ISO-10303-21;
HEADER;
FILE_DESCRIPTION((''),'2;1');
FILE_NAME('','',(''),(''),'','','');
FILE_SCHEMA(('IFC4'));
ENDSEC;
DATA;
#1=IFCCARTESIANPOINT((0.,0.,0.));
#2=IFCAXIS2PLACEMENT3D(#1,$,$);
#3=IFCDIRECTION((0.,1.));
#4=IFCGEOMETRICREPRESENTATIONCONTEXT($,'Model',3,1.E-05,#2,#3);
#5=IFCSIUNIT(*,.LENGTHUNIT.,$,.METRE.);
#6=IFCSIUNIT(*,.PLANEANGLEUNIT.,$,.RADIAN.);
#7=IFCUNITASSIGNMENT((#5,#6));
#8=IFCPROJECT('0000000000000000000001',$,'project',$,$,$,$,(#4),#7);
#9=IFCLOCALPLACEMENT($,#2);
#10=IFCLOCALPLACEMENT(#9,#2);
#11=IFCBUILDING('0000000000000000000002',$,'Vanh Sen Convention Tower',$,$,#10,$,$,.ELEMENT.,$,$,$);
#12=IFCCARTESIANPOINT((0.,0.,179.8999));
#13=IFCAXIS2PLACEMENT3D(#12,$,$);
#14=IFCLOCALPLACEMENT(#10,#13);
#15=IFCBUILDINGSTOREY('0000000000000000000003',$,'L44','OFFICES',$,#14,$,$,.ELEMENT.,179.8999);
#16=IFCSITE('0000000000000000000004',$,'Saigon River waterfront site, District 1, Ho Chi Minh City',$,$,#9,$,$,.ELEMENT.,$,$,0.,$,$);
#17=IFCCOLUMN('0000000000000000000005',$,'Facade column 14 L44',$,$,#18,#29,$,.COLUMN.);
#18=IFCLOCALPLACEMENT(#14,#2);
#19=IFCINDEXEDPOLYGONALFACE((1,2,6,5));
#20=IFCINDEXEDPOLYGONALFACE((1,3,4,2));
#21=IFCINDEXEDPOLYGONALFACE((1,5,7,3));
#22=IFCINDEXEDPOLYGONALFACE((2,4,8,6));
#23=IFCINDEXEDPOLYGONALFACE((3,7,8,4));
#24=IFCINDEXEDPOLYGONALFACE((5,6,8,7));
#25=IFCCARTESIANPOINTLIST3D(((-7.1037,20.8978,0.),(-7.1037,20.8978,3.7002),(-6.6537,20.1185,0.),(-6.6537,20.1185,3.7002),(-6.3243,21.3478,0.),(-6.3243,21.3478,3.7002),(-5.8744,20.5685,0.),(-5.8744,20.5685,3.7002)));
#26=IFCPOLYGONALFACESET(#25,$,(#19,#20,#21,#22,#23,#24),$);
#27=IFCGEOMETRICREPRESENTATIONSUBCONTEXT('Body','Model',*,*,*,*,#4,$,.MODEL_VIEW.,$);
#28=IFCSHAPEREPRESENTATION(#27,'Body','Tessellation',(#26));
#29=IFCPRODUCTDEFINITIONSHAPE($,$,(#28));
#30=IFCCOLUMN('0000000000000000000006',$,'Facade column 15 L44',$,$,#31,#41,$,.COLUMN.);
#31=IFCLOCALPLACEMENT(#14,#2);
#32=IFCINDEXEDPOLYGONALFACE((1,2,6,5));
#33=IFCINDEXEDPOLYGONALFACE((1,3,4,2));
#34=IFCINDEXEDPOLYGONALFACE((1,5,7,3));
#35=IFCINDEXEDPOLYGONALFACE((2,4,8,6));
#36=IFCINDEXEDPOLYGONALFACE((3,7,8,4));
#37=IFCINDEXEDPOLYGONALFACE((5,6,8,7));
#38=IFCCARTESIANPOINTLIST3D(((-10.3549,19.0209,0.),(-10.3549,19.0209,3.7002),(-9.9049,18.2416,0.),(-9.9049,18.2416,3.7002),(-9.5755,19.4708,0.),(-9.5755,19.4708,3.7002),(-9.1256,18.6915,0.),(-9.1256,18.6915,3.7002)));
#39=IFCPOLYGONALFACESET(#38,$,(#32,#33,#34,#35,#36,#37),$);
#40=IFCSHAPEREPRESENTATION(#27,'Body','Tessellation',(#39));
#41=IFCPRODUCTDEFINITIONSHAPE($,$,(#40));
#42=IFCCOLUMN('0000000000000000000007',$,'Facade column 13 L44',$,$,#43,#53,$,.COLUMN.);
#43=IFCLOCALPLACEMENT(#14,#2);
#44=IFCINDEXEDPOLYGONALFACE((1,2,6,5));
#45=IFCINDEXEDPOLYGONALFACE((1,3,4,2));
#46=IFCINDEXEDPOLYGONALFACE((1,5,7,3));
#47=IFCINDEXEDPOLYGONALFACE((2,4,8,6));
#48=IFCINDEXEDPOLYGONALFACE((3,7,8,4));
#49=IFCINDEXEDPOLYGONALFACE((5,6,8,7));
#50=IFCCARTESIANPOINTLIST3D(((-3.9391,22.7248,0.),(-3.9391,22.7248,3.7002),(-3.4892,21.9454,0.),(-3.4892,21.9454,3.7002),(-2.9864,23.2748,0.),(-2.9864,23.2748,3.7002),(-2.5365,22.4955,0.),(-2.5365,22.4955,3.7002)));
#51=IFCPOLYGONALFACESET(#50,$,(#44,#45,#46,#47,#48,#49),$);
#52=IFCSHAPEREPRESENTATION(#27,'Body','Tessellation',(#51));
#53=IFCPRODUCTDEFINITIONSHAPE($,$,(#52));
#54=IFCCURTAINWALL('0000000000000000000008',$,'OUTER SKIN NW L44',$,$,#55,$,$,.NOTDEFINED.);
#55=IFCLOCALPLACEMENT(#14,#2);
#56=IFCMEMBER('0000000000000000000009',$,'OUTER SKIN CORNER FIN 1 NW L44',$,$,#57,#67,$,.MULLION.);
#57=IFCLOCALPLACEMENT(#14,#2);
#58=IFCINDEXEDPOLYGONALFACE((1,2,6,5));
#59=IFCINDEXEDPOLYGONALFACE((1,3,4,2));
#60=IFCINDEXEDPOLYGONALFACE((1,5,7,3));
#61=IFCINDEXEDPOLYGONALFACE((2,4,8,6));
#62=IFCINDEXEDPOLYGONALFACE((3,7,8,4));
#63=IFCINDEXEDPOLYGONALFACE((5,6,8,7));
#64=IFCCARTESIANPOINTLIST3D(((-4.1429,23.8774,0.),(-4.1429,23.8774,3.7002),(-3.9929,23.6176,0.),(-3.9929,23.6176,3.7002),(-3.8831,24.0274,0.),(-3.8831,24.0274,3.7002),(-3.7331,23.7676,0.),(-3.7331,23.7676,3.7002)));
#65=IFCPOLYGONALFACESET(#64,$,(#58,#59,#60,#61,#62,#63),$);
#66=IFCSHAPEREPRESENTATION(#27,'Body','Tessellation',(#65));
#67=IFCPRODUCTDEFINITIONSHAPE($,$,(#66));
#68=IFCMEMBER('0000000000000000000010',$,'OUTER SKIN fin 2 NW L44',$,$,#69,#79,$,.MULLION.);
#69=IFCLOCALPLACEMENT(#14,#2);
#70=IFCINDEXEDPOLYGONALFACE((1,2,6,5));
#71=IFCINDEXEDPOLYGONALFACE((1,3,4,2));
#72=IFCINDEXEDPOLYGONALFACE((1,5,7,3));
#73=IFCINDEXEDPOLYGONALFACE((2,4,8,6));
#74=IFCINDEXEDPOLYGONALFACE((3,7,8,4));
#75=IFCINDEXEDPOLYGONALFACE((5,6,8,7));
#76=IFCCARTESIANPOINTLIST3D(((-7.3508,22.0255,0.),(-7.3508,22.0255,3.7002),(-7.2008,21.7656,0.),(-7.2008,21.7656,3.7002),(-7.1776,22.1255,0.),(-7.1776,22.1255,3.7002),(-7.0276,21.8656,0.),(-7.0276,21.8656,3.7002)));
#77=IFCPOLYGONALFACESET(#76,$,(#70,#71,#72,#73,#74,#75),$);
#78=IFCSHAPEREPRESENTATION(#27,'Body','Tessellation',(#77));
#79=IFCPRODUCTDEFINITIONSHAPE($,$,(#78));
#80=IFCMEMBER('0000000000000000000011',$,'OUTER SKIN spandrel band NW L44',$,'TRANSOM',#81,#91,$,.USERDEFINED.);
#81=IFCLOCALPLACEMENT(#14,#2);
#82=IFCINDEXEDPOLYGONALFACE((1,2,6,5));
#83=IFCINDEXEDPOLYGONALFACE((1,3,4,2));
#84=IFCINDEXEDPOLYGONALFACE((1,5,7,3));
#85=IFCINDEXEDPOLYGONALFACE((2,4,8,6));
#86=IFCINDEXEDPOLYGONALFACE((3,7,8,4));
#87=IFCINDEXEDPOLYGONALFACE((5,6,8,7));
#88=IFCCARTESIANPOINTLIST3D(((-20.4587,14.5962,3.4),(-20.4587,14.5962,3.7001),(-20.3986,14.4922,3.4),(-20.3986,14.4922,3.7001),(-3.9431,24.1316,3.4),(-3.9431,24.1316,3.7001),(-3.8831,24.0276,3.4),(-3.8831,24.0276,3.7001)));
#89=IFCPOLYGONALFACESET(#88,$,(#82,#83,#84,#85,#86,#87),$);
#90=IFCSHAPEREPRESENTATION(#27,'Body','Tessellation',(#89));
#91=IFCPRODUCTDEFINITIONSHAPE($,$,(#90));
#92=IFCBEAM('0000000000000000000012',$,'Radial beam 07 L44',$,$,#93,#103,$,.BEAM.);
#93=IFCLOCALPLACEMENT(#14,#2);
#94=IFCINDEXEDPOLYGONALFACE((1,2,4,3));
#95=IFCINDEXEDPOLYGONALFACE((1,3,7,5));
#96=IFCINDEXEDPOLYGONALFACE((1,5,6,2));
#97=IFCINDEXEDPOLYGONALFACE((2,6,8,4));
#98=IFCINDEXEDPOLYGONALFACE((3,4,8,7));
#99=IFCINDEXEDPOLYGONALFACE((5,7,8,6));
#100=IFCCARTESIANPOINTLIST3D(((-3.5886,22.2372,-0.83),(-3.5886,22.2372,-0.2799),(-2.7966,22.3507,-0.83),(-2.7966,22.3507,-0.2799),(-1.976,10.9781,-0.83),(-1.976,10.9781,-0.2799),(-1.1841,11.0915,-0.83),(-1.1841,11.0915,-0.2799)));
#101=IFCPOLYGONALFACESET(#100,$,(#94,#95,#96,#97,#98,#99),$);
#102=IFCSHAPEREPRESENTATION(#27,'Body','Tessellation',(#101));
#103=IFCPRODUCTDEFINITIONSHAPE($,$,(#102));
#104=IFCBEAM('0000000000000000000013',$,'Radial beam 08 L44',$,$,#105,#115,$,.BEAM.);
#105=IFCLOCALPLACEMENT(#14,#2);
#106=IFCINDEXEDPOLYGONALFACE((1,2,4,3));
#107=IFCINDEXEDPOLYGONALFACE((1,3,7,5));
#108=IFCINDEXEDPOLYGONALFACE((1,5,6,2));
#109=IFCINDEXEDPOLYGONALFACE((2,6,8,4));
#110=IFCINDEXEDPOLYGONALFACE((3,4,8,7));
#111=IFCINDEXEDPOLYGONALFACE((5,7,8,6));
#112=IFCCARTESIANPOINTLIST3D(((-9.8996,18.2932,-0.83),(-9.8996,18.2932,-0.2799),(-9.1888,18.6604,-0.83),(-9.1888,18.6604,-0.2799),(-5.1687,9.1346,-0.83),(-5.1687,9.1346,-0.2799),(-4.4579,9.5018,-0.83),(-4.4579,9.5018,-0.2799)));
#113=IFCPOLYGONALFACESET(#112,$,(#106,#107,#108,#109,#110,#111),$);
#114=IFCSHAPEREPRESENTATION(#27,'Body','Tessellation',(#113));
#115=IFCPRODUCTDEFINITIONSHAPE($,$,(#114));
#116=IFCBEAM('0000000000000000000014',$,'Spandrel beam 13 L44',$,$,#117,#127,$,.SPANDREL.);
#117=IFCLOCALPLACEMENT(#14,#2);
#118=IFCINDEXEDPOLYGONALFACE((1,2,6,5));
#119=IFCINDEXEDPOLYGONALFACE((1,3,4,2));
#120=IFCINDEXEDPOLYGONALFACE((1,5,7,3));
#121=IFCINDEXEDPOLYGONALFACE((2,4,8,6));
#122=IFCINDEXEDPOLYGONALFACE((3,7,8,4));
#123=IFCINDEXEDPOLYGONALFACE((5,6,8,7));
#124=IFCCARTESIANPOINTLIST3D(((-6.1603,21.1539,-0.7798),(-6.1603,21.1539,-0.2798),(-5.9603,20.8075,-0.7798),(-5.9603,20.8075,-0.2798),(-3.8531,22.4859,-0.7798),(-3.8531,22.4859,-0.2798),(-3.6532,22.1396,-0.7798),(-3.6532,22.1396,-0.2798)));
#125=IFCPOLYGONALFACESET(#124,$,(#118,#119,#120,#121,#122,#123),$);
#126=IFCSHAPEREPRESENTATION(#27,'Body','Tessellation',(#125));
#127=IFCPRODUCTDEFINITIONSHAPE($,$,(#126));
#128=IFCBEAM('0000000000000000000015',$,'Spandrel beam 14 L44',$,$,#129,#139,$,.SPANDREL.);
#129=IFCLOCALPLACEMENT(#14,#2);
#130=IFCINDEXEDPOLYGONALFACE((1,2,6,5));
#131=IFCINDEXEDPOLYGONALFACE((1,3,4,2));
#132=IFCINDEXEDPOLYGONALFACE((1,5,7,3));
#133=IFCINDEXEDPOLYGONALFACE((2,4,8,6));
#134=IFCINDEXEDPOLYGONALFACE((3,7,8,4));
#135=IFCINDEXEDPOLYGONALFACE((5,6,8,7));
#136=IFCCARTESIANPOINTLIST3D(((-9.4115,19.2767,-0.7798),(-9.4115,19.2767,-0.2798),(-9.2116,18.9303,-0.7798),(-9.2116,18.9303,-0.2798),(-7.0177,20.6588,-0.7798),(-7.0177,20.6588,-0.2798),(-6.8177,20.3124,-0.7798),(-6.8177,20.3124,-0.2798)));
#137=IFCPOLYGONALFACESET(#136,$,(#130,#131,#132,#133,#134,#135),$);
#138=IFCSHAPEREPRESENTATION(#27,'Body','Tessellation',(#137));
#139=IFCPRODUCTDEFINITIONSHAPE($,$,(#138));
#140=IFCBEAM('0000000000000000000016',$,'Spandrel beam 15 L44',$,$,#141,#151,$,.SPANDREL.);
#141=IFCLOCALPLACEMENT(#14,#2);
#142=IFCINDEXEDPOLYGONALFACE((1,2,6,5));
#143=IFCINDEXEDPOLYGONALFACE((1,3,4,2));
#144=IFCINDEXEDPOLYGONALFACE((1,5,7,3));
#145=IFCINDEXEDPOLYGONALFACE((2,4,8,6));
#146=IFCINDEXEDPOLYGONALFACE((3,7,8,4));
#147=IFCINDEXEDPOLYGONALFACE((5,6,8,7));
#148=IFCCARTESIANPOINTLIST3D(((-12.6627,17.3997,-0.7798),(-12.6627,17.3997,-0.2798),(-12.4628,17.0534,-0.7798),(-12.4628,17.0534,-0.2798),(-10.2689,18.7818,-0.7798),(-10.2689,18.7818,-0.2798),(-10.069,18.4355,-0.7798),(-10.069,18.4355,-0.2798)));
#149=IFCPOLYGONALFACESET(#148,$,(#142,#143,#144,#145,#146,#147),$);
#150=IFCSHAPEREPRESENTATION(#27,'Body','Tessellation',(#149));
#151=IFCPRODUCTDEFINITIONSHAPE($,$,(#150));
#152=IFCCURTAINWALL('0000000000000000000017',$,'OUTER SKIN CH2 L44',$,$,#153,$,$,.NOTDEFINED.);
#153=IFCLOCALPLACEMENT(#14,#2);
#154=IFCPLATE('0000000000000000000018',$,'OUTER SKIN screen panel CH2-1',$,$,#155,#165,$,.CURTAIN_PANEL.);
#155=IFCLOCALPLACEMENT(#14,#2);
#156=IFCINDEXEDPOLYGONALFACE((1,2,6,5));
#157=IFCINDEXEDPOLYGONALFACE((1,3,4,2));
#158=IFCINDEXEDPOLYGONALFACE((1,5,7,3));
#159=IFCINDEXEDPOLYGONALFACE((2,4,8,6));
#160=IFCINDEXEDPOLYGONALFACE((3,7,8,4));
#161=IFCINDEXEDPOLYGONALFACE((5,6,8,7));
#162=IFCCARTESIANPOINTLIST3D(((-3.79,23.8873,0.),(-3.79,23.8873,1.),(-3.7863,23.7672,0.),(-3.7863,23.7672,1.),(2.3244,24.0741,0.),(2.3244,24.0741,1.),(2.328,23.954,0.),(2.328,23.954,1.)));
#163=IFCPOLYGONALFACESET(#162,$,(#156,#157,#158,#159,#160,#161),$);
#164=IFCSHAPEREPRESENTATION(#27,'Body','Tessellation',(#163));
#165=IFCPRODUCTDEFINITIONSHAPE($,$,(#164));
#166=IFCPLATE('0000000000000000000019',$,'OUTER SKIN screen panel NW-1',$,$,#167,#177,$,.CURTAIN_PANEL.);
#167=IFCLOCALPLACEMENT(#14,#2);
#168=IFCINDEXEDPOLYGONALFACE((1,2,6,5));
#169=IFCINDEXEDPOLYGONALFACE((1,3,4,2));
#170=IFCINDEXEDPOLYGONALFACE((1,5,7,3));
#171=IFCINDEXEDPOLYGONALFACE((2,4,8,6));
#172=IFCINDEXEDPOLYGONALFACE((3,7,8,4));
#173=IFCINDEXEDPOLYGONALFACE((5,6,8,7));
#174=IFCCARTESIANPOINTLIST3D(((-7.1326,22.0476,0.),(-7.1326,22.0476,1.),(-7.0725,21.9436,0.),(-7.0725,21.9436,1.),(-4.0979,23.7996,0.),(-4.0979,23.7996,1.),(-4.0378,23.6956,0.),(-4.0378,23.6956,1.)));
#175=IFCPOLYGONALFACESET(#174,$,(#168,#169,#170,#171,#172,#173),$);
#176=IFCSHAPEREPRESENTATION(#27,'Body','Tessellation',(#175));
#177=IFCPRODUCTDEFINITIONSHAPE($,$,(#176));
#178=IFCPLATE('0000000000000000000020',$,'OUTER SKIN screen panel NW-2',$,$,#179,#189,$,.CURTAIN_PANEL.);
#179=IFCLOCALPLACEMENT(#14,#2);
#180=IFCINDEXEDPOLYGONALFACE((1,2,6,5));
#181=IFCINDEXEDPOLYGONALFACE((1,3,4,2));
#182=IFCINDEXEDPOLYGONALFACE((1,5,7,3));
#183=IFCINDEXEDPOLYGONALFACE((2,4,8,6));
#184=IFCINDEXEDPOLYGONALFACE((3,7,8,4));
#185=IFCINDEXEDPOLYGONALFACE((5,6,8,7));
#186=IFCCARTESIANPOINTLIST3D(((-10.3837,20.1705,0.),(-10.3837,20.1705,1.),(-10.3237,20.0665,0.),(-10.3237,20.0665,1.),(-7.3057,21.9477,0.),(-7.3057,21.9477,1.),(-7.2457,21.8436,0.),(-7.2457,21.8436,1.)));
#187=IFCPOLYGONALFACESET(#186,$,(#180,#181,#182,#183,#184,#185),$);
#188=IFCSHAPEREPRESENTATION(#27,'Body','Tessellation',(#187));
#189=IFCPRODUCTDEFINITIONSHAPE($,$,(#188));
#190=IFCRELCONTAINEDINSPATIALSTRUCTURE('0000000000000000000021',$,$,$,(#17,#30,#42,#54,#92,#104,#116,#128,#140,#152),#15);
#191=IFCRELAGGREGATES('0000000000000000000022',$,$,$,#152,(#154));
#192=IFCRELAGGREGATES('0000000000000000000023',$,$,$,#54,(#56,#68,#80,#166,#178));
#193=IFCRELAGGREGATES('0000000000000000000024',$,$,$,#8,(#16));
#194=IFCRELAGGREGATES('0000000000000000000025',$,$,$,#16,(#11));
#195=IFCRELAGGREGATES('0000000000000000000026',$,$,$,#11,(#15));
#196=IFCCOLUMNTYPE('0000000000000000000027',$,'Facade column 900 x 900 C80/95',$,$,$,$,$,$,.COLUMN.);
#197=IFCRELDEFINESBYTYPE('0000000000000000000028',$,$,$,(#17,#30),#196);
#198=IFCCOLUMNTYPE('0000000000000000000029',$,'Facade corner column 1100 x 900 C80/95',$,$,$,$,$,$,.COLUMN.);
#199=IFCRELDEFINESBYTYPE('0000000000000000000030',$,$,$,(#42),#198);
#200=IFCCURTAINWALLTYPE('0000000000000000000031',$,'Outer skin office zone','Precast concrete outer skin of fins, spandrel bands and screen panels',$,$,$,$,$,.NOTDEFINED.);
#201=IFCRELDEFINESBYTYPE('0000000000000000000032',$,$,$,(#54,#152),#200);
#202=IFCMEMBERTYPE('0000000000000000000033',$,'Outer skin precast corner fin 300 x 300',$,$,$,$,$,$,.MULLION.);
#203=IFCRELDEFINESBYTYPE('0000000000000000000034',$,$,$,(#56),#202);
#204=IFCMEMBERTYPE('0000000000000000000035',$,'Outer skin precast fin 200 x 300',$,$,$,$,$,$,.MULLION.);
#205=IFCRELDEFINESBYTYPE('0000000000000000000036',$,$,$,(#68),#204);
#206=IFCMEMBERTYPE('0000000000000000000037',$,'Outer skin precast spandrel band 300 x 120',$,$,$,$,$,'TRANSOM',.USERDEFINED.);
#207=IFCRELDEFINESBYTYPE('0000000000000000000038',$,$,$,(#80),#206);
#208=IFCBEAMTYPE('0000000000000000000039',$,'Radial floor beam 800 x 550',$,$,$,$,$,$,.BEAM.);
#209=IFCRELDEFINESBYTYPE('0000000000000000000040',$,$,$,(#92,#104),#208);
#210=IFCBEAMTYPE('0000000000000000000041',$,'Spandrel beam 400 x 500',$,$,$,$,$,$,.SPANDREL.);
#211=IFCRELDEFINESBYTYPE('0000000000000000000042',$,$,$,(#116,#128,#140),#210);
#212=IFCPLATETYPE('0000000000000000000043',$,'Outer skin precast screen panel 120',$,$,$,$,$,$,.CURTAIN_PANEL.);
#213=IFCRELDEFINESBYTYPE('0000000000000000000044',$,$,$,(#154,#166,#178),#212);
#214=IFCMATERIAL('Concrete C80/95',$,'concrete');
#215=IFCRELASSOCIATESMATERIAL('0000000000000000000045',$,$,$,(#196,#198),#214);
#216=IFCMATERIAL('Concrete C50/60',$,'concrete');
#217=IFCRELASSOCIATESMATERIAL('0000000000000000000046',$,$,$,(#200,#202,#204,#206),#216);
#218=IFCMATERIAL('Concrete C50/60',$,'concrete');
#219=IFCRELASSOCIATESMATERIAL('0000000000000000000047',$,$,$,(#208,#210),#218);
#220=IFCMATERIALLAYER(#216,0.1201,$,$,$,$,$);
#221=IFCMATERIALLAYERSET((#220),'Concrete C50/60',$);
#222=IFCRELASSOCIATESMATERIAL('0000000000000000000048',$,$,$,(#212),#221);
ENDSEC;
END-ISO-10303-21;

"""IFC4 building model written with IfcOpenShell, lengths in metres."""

from ifc_helpers import new_model, si_unit, direction, frame, origin, origin_2d, place, context, subcontext, project, spatial, rectangle, extrude, material, layer, layer_set, material_profile, profile_set, type_object, element, aggregate, save


model = new_model("IFC4")

# Units and contexts
model_context = context("Model", 3, precision=1e-05, world=origin(), true_north=direction((0.0, 1.0)))
body_context = subcontext(model_context, "Body", "Model", "MODEL_VIEW")
ifc_project = project(units=[si_unit("LENGTHUNIT", "METRE"), si_unit("PLANEANGLEUNIT", "RADIAN")], contexts=[model_context])

# Site, building, storey
site_placement = place(None, origin())
site = spatial("IfcSite", under=ifc_project, at=site_placement, Name="Saigon River waterfront site, District 1, Ho Chi Minh City", CompositionType="ELEMENT", RefElevation=0.0)
building_placement = place(site_placement, origin())
building = spatial("IfcBuilding", under=site, at=building_placement, Name="Vanh Sen Convention Tower", CompositionType="ELEMENT")
storey_placement = place(building_placement, frame((0.0, 0.0, 179.8999)))
storey = spatial("IfcBuildingStorey", under=building, at=storey_placement, Name="L44", Description="OFFICES", CompositionType="ELEMENT", Elevation=179.8999)

# Columns
ifc_material_1 = material(Name="Concrete C80/95", Category="concrete")
ifc_material_profile_1 = material_profile(ifc_material_1, rectangle(XDim=0.8999, YDim=0.8999, at=origin_2d()), Name="RC 900X900")
ifc_profile_set_1 = profile_set([ifc_material_profile_1], Name="Concrete C80/95")
column_type_1 = type_object("IfcColumnType", Name="Facade column 900 x 900 C80/95", PredefinedType="COLUMN", material=ifc_profile_set_1)
for number, where, z_axis, x_axis, name in (
    (1, (-6.489, 20.7332, 0.0), (0.0, 0.0, 1.0), (-0.866025, -0.5, 0.0), "Facade column 14 L44"),
    (2, (-9.7402, 18.8562, 0.0), (0.0, 0.0, 1.0), (-0.866025, -0.5, 0.0), "Facade column 15 L44"),
):
    element("IfcColumn", number, at=place(storey_placement, frame(where, z_axis=z_axis, x_axis=x_axis)), inside=storey, type_object=column_type_1, Name=name, PredefinedType="COLUMN", context=body_context, shape_type="SweptSolid", body=[
        extrude(rectangle(XDim=0.8999, YDim=0.8999, at=origin_2d()), origin(), (0.0, 0.0, 1.0), 3.7002),
    ])
ifc_material_profile_2 = material_profile(ifc_material_1, rectangle(XDim=1.1001, YDim=0.8999, at=origin_2d()), Name="RC 1100X900")
ifc_profile_set_2 = profile_set([ifc_material_profile_2], Name="Concrete C80/95")
column_type_2 = type_object("IfcColumnType", Name="Facade corner column 1100 x 900 C80/95", PredefinedType="COLUMN", material=ifc_profile_set_2)
column_placement = place(storey_placement, frame((-3.2378, 22.6101, 0.0), z_axis=(0.0, 0.0, 1.0), x_axis=(-0.866025, -0.5, 0.0)))
element("IfcColumn", 3, at=column_placement, inside=storey, type_object=column_type_2, Name="Facade column 13 L44", PredefinedType="COLUMN", context=body_context, shape_type="SweptSolid", body=[
    extrude(rectangle(XDim=1.1001, YDim=0.8999, at=origin_2d()), origin(), (0.0, 0.0, 1.0), 3.7002),
])

# Curtain wall, members
ifc_material_2 = material(Name="Concrete C50/60", Category="concrete")
curtain_wall_type = type_object("IfcCurtainWallType", Name="Outer skin office zone", Description="Precast concrete outer skin of fins, spandrel bands and screen panels", PredefinedType="NOTDEFINED", material=ifc_material_2)
curtain_wall_1_placement = place(storey_placement, origin())
curtain_wall_1 = element("IfcCurtainWall", 4, at=curtain_wall_1_placement, inside=storey, type_object=curtain_wall_type, Name="OUTER SKIN NW L44", PredefinedType="NOTDEFINED")
ifc_material_profile_3 = material_profile(ifc_material_2, rectangle(XDim=0.3, YDim=0.3, at=origin_2d()), Name="Outer skin precast corner fin 300 x 300")
ifc_profile_set_3 = profile_set([ifc_material_profile_3], Name="Concrete C50/60")
member_type_1 = type_object("IfcMemberType", Name="Outer skin precast corner fin 300 x 300", PredefinedType="MULLION", material=ifc_profile_set_3)
member_1_placement = place(storey_placement, frame((-3.938, 23.8225, 0.0), z_axis=(0.0, 0.0, 1.0), x_axis=(-0.866025, -0.5, 0.0)))
member_1 = element("IfcMember", 5, at=member_1_placement, type_object=member_type_1, Name="OUTER SKIN CORNER FIN 1 NW L44", PredefinedType="MULLION", context=body_context, shape_type="SweptSolid", body=[
    extrude(rectangle(XDim=0.3, YDim=0.3, at=origin_2d()), origin(), (0.0, 0.0, 1.0), 3.7002),
])
ifc_material_profile_4 = material_profile(ifc_material_2, rectangle(XDim=0.2, YDim=0.3, at=origin_2d()), Name="Outer skin precast fin 200 x 300")
ifc_profile_set_4 = profile_set([ifc_material_profile_4], Name="Concrete C50/60")
member_type_2 = type_object("IfcMemberType", Name="Outer skin precast fin 200 x 300", PredefinedType="MULLION", material=ifc_profile_set_4)
member_2_placement = place(storey_placement, frame((-7.1892, 21.9456, 0.0), z_axis=(0.0, 0.0, 1.0), x_axis=(-0.866025, -0.5, 0.0)))
member_2 = element("IfcMember", 6, at=member_2_placement, type_object=member_type_2, Name="OUTER SKIN fin 2 NW L44", PredefinedType="MULLION", context=body_context, shape_type="SweptSolid", body=[
    extrude(rectangle(XDim=0.2, YDim=0.3, at=origin_2d()), origin(), (0.0, 0.0, 1.0), 3.7002),
])
ifc_material_profile_5 = material_profile(ifc_material_2, rectangle(XDim=0.1201, YDim=0.3, at=origin_2d()), Name="Outer skin precast spandrel band 300 x 120")
ifc_profile_set_5 = profile_set([ifc_material_profile_5], Name="Concrete C50/60")
member_type_3 = type_object("IfcMemberType", Name="Outer skin precast spandrel band 300 x 120", ElementType="TRANSOM", PredefinedType="USERDEFINED", material=ifc_profile_set_5)
member_3_placement = place(storey_placement, frame((-3.9131, 24.0796, 3.55), z_axis=(-0.866023, -0.500004, 0.0), x_axis=(0.500004, -0.866023, 0.0)))
member_3 = element("IfcMember", 7, at=member_3_placement, type_object=member_type_3, Name="OUTER SKIN spandrel band NW L44", ObjectType="TRANSOM", PredefinedType="USERDEFINED", context=body_context, shape_type="SweptSolid", body=[
    extrude(rectangle(XDim=0.1201, YDim=0.3, at=origin_2d()), origin(), (0.0, 0.0, 1.0), 19.0706),
])

# Beams
ifc_material_3 = material(Name="Concrete C50/60", Category="concrete")
ifc_material_profile_6 = material_profile(ifc_material_3, rectangle(XDim=0.8, YDim=0.55, at=origin_2d()), Name="RC 800X550")
ifc_profile_set_6 = profile_set([ifc_material_profile_6], Name="Concrete C50/60")
beam_type_1 = type_object("IfcBeamType", Name="Radial floor beam 800 x 550", PredefinedType="BEAM", material=ifc_profile_set_6)
beam_1_placement = place(storey_placement, frame((-3.1926, 22.2939, -0.5549), z_axis=(0.141776, -0.989899, 0.0), x_axis=(0.989899, 0.141776, 0.0)))
element("IfcBeam", 8, at=beam_1_placement, inside=storey, type_object=beam_type_1, Name="Radial beam 07 L44", PredefinedType="BEAM", context=body_context, shape_type="SweptSolid", body=[
    extrude(rectangle(XDim=0.8, YDim=0.55, at=origin_2d()), origin(), (0.0, 0.0, 1.0), 11.374),
])
beam_2_placement = place(storey_placement, frame((-9.5442, 18.4768, -0.5549), z_axis=(0.458941, -0.888467, 0.0), x_axis=(0.888467, 0.458941, 0.0)))
element("IfcBeam", 9, at=beam_2_placement, inside=storey, type_object=beam_type_1, Name="Radial beam 08 L44", PredefinedType="BEAM", context=body_context, shape_type="SweptSolid", body=[
    extrude(rectangle(XDim=0.8, YDim=0.55, at=origin_2d()), origin(), (0.0, 0.0, 1.0), 10.3083),
])
ifc_material_profile_7 = material_profile(ifc_material_3, rectangle(XDim=0.3999, YDim=0.5, at=origin_2d()), Name="RC 400X500")
ifc_profile_set_7 = profile_set([ifc_material_profile_7], Name="Concrete C50/60")
beam_type_2 = type_object("IfcBeamType", Name="Spandrel beam 400 x 500", PredefinedType="SPANDREL", material=ifc_profile_set_7)
beam_3_placement = place(storey_placement, frame((-3.7532, 22.3127, -0.5298), z_axis=(-0.866024, -0.500003, 0.0), x_axis=(0.500003, -0.866024, 0.0)))
element("IfcBeam", 10, at=beam_3_placement, inside=storey, type_object=beam_type_2, Name="Spandrel beam 13 L44", PredefinedType="SPANDREL", context=body_context, shape_type="SweptSolid", body=[
    extrude(rectangle(XDim=0.3999, YDim=0.5, at=origin_2d()), origin(), (0.0, 0.0, 1.0), 2.6641),
])
for number, where, z_axis, x_axis, name in (
    (11, (-6.9177, 20.4856, -0.5298), (-0.866022, -0.500005, 0.0), (0.500005, -0.866022, 0.0), "Spandrel beam 14 L44"),
    (12, (-10.1689, 18.6086, -0.5298), (-0.866022, -0.500005, 0.0), (0.500005, -0.866022, 0.0), "Spandrel beam 15 L44"),
):
    element("IfcBeam", number, at=place(storey_placement, frame(where, z_axis=z_axis, x_axis=x_axis)), inside=storey, type_object=beam_type_2, Name=name, PredefinedType="SPANDREL", context=body_context, shape_type="SweptSolid", body=[
        extrude(rectangle(XDim=0.3999, YDim=0.5, at=origin_2d()), origin(), (0.0, 0.0, 1.0), 2.7642),
    ])

# Curtain wall, plate
curtain_wall_2_placement = place(storey_placement, origin())
curtain_wall_2 = element("IfcCurtainWall", 13, at=curtain_wall_2_placement, inside=storey, type_object=curtain_wall_type, Name="OUTER SKIN CH2 L44", PredefinedType="NOTDEFINED")
ifc_layer_1 = layer(ifc_material_2, 0.1201)
ifc_layer_set_1 = layer_set([ifc_layer_1], Name="Concrete C50/60")
plate_type = type_object("IfcPlateType", Name="Outer skin precast screen panel 120", PredefinedType="CURTAIN_PANEL", material=ifc_layer_set_1)
plate_1_placement = place(storey_placement, frame((-0.731, 23.9207, 0.0), z_axis=(0.0, 0.0, 1.0), x_axis=(-0.999534, -0.030539, 0.0)))
plate_1 = element("IfcPlate", 14, at=plate_1_placement, type_object=plate_type, Name="OUTER SKIN screen panel CH2-1", PredefinedType="CURTAIN_PANEL", context=body_context, shape_type="SweptSolid", body=[
    extrude(rectangle(XDim=6.1172, YDim=0.1201, at=origin_2d()), origin(), (0.0, 0.0, 1.0), 1.0),
])
aggregate(curtain_wall_2, [plate_1])

# Plates
plate_2_placement = place(storey_placement, frame((-5.5852, 22.8716, 0.0), z_axis=(0.0, 0.0, 1.0), x_axis=(-0.866035, -0.499983, 0.0)))
plate_2 = element("IfcPlate", 15, at=plate_2_placement, type_object=plate_type, Name="OUTER SKIN screen panel NW-1", PredefinedType="CURTAIN_PANEL", context=body_context, shape_type="SweptSolid", body=[
    extrude(rectangle(XDim=3.5042, YDim=0.1201, at=origin_2d()), origin(), (0.0, 0.0, 1.0), 1.0),
])
plate_3_placement = place(storey_placement, frame((-8.8147, 21.0071, 0.0), z_axis=(0.0, 0.0, 1.0), x_axis=(-0.866017, -0.500015, 0.0)))
plate_3 = element("IfcPlate", 16, at=plate_3_placement, type_object=plate_type, Name="OUTER SKIN screen panel NW-2", PredefinedType="CURTAIN_PANEL", context=body_context, shape_type="SweptSolid", body=[
    extrude(rectangle(XDim=3.5542, YDim=0.1201, at=origin_2d()), origin(), (0.0, 0.0, 1.0), 1.0),
])
aggregate(curtain_wall_1, [member_1, member_2, member_3, plate_2, plate_3])

save(model, "model.ifc")
